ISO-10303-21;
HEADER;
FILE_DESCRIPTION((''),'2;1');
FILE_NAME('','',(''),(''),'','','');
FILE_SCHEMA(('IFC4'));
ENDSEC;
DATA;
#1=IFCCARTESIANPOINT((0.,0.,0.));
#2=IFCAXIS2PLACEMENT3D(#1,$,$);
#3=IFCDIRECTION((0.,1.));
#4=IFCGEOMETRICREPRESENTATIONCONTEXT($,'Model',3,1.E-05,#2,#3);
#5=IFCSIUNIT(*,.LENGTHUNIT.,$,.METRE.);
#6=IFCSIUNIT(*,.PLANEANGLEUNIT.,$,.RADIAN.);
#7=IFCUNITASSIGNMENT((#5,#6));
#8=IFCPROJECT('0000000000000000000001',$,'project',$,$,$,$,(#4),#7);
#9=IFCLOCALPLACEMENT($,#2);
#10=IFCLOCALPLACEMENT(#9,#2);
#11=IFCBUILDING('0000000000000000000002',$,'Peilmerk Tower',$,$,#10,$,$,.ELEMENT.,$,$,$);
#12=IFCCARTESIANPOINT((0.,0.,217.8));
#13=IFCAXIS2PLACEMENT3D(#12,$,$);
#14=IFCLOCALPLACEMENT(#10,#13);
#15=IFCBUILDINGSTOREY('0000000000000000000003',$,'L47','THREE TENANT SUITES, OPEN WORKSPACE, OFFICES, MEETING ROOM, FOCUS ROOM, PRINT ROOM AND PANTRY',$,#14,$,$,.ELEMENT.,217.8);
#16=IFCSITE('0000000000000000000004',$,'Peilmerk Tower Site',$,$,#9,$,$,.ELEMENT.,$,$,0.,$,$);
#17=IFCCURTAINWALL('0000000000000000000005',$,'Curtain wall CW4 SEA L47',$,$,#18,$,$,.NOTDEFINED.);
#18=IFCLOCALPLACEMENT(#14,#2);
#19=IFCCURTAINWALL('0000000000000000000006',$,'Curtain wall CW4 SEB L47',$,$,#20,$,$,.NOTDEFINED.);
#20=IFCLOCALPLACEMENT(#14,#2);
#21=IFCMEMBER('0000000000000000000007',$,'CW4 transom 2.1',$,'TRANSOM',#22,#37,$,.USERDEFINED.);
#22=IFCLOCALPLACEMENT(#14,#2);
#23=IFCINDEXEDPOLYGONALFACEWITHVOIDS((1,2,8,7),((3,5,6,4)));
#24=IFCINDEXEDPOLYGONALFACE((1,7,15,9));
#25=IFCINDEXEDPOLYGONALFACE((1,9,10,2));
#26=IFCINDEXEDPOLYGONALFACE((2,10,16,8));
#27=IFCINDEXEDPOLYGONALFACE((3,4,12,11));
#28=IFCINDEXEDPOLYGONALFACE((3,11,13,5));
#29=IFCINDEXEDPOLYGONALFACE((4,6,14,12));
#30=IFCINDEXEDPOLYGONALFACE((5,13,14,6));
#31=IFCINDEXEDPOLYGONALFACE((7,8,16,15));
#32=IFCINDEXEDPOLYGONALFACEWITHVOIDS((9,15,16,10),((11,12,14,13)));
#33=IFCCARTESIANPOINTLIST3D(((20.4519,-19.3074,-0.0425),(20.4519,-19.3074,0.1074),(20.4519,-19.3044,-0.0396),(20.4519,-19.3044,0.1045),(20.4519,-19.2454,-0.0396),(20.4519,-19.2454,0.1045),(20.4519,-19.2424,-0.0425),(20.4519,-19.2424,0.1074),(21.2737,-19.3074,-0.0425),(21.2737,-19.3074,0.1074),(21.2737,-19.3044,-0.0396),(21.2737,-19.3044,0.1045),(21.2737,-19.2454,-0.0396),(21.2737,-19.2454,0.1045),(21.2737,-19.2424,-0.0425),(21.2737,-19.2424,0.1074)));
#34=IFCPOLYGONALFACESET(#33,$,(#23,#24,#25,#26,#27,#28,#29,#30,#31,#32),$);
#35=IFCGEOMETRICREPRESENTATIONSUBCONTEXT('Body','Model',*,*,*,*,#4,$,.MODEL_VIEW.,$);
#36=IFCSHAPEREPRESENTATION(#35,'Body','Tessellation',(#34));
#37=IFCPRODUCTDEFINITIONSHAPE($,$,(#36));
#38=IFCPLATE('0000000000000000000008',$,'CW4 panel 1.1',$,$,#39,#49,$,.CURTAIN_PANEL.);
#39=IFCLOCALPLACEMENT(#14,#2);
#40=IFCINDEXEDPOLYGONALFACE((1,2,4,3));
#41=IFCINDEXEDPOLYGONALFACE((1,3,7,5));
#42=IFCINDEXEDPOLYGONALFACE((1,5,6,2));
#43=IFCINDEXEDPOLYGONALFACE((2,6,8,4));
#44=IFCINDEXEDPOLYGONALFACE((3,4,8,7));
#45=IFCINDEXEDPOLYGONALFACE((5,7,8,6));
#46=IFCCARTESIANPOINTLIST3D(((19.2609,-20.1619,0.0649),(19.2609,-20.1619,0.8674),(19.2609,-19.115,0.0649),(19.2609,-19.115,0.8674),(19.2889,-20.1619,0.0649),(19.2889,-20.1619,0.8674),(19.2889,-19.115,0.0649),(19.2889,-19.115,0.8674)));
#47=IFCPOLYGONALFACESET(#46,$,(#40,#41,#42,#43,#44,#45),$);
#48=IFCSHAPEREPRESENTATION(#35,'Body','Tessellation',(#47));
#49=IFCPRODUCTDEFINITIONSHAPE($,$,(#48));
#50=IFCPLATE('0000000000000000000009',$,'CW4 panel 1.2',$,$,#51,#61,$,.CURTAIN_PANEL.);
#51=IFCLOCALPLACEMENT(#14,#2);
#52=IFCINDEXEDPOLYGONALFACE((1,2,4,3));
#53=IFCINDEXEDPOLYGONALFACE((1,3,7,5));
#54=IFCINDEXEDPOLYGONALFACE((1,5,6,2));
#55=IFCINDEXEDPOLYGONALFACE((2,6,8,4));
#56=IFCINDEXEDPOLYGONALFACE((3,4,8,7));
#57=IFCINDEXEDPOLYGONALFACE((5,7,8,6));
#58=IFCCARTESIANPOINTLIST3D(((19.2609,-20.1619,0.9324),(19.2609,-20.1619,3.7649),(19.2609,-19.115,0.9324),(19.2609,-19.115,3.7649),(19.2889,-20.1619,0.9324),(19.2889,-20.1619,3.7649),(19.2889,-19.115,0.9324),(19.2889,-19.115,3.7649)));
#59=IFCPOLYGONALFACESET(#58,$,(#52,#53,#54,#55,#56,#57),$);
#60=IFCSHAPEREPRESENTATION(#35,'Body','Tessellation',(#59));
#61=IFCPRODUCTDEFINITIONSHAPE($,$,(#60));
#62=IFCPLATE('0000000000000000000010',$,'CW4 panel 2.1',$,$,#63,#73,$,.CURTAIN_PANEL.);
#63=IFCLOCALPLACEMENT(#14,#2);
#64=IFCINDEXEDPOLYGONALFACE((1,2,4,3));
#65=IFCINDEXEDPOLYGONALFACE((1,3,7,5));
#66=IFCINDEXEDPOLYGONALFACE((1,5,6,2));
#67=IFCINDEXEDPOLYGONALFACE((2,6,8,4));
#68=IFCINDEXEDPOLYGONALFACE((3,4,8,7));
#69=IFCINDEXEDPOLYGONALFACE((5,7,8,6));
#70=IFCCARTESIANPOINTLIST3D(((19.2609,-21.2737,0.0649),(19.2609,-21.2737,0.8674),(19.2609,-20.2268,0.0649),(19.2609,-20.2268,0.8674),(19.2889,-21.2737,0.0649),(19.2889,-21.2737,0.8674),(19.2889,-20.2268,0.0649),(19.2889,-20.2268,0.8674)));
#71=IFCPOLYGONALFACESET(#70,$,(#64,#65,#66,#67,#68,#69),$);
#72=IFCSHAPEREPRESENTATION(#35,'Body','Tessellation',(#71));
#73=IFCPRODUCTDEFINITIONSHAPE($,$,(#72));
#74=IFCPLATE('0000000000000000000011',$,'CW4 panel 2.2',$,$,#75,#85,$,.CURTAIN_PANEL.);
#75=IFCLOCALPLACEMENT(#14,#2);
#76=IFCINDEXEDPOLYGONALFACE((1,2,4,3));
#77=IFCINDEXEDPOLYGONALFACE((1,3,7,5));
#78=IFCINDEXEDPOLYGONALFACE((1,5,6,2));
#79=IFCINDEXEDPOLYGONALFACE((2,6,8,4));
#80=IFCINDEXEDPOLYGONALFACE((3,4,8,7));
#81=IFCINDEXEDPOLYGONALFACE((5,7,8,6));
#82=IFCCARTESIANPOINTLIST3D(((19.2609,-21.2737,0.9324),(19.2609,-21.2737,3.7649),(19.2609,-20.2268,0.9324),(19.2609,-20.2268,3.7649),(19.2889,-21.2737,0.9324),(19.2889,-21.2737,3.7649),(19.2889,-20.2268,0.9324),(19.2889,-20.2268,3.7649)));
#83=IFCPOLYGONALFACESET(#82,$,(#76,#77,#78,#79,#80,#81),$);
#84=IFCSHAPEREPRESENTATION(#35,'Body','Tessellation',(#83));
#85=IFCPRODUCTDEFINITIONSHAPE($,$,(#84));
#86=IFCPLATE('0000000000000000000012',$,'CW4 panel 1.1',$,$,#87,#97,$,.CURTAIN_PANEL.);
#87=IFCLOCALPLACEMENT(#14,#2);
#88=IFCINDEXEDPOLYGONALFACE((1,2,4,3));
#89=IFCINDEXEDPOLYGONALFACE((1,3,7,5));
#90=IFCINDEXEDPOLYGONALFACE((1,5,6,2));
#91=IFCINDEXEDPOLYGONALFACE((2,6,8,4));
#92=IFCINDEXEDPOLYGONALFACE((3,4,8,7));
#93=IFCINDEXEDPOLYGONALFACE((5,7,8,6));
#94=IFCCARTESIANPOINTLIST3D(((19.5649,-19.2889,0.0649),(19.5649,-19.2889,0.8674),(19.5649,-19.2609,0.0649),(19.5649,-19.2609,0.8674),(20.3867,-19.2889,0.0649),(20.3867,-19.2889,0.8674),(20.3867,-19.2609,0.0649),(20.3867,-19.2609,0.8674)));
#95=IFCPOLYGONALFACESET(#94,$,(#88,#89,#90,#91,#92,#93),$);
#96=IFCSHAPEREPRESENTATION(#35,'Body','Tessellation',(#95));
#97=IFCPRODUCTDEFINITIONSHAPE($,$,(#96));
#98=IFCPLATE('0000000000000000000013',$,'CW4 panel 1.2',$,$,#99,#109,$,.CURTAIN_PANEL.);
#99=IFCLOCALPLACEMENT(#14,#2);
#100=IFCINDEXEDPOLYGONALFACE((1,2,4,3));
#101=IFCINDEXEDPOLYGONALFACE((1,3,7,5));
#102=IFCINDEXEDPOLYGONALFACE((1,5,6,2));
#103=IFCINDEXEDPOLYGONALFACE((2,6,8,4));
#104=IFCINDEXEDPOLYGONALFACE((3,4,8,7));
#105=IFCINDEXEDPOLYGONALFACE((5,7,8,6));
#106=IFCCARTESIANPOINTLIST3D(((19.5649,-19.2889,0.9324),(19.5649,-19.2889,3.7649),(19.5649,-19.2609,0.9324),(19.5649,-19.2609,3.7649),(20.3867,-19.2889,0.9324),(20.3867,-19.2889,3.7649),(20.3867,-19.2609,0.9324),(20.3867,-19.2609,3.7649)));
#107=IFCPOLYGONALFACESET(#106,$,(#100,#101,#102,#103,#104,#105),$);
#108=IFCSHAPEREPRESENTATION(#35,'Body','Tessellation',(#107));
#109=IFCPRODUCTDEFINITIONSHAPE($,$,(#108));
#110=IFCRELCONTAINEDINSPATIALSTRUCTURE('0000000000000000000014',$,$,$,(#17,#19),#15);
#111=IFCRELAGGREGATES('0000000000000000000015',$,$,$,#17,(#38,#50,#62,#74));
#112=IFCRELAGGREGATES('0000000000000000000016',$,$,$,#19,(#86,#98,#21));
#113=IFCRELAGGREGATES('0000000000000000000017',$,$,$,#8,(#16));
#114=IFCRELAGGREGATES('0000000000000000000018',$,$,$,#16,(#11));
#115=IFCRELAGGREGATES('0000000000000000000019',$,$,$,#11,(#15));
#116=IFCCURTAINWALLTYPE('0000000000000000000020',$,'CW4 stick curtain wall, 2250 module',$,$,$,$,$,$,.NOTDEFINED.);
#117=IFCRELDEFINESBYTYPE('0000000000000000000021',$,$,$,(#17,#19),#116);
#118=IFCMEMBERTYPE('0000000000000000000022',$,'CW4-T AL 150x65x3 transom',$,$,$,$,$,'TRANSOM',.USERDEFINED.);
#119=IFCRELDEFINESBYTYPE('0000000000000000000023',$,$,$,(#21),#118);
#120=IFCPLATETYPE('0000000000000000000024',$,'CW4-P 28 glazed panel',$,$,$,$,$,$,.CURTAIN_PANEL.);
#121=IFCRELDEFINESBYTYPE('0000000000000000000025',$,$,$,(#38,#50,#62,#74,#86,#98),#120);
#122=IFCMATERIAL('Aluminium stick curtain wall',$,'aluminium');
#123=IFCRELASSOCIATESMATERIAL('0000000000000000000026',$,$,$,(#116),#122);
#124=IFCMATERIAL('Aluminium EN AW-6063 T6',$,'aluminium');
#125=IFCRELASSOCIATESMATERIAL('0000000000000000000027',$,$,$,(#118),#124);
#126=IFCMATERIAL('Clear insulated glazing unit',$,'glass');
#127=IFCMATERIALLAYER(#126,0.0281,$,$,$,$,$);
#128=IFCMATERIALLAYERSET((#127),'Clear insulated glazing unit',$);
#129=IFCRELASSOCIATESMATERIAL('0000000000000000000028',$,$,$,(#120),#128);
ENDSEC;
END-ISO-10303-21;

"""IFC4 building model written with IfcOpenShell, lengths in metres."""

from ifc_helpers import new_model, si_unit, direction, frame, origin, origin_2d, place, context, subcontext, project, spatial, rectangle, hollow_rectangle, extrude, material, layer, layer_set, material_profile, profile_set, type_object, element, aggregate, save


model = new_model("IFC4")

# Units and contexts
model_context = context("Model", 3, precision=1e-05, world=origin(), true_north=direction((0.0, 1.0)))
body_context = subcontext(model_context, "Body", "Model", "MODEL_VIEW")
ifc_project = project(units=[si_unit("LENGTHUNIT", "METRE"), si_unit("PLANEANGLEUNIT", "RADIAN")], contexts=[model_context])

# Site, building, storey
site_placement = place(None, origin())
site = spatial("IfcSite", under=ifc_project, at=site_placement, Name="Peilmerk Tower Site", CompositionType="ELEMENT", RefElevation=0.0)
building_placement = place(site_placement, origin())
building = spatial("IfcBuilding", under=site, at=building_placement, Name="Peilmerk Tower", CompositionType="ELEMENT")
storey_placement = place(building_placement, frame((0.0, 0.0, 217.8)))
storey = spatial("IfcBuildingStorey", under=building, at=storey_placement, Name="L47", Description="THREE TENANT SUITES, OPEN WORKSPACE, OFFICES, MEETING ROOM, FOCUS ROOM, PRINT ROOM AND PANTRY", CompositionType="ELEMENT", Elevation=217.8)

# Curtain walls
ifc_material_1 = material(Name="Aluminium stick curtain wall", Category="aluminium")
curtain_wall_type = type_object("IfcCurtainWallType", Name="CW4 stick curtain wall, 2250 module", PredefinedType="NOTDEFINED", material=ifc_material_1)
curtain_wall_1_placement = place(storey_placement, origin())
curtain_wall_1 = element("IfcCurtainWall", 1, at=curtain_wall_1_placement, inside=storey, type_object=curtain_wall_type, Name="Curtain wall CW4 SEA L47", PredefinedType="NOTDEFINED")
ifc_material_2 = material(Name="Aluminium EN AW-6063 T6", Category="aluminium")
curtain_wall_2_placement = place(storey_placement, origin())
curtain_wall_2 = element("IfcCurtainWall", 2, at=curtain_wall_2_placement, inside=storey, type_object=curtain_wall_type, Name="Curtain wall CW4 SEB L47", PredefinedType="NOTDEFINED")

# Member
ifc_material_profile_1 = material_profile(ifc_material_2, hollow_rectangle(XDim=0.0649, YDim=0.1499, WallThickness=0.0029, at=origin_2d()), Name="AL 150x65x3")
ifc_profile_set_1 = profile_set([ifc_material_profile_1], Name="Aluminium EN AW-6063 T6")
member_type_1 = type_object("IfcMemberType", Name="CW4-T AL 150x65x3 transom", ElementType="TRANSOM", PredefinedType="USERDEFINED", material=ifc_profile_set_1)
member_1_placement = place(storey_placement, frame((20.4519, -19.2749, 0.0325), z_axis=(1.0, 0.0, 0.0), x_axis=(0.0, 1.0, 0.0)))
member_1 = element("IfcMember", 3, at=member_1_placement, type_object=member_type_1, Name="CW4 transom 2.1", ObjectType="TRANSOM", PredefinedType="USERDEFINED", context=body_context, shape_type="SweptSolid", body=[
    extrude(hollow_rectangle(XDim=0.0649, YDim=0.1499, WallThickness=0.0029, at=origin_2d()), origin(), (0.0, 0.0, 1.0), 0.8218),
])

# Plates
ifc_material_3 = material(Name="Clear insulated glazing unit", Category="glass")
ifc_layer_1 = layer(ifc_material_3, 0.0281)
ifc_layer_set_1 = layer_set([ifc_layer_1], Name="Clear insulated glazing unit")
plate_type = type_object("IfcPlateType", Name="CW4-P 28 glazed panel", PredefinedType="CURTAIN_PANEL", material=ifc_layer_set_1)
plate_1_placement = place(storey_placement, frame((19.2749, -19.6384, 0.0649), z_axis=(0.0, 0.0, 1.0), x_axis=(0.0, -1.0, 0.0)))
plate_1 = element("IfcPlate", 4, at=plate_1_placement, type_object=plate_type, Name="CW4 panel 1.1", PredefinedType="CURTAIN_PANEL", context=body_context, shape_type="SweptSolid", body=[
    extrude(rectangle(XDim=1.0469, YDim=0.0281, at=origin_2d()), origin(), (0.0, 0.0, 1.0), 0.8025),
])
plate_2_placement = place(storey_placement, frame((19.2749, -19.6384, 0.9324), z_axis=(0.0, 0.0, 1.0), x_axis=(0.0, -1.0, 0.0)))
plate_2 = element("IfcPlate", 5, at=plate_2_placement, type_object=plate_type, Name="CW4 panel 1.2", PredefinedType="CURTAIN_PANEL", context=body_context, shape_type="SweptSolid", body=[
    extrude(rectangle(XDim=1.0469, YDim=0.0281, at=origin_2d()), origin(), (0.0, 0.0, 1.0), 2.8325),
])
plate_3_placement = place(storey_placement, frame((19.2749, -20.7502, 0.0649), z_axis=(0.0, 0.0, 1.0), x_axis=(0.0, -1.0, 0.0)))
plate_3 = element("IfcPlate", 6, at=plate_3_placement, type_object=plate_type, Name="CW4 panel 2.1", PredefinedType="CURTAIN_PANEL", context=body_context, shape_type="SweptSolid", body=[
    extrude(rectangle(XDim=1.0469, YDim=0.0281, at=origin_2d()), origin(), (0.0, 0.0, 1.0), 0.8025),
])
plate_4_placement = place(storey_placement, frame((19.2749, -20.7502, 0.9324), z_axis=(0.0, 0.0, 1.0), x_axis=(0.0, -1.0, 0.0)))
plate_4 = element("IfcPlate", 7, at=plate_4_placement, type_object=plate_type, Name="CW4 panel 2.2", PredefinedType="CURTAIN_PANEL", context=body_context, shape_type="SweptSolid", body=[
    extrude(rectangle(XDim=1.0469, YDim=0.0281, at=origin_2d()), origin(), (0.0, 0.0, 1.0), 2.8325),
])
aggregate(curtain_wall_1, [plate_1, plate_2, plate_3, plate_4])
plate_5_placement = place(storey_placement, frame((19.9758, -19.2749, 0.0649), z_axis=(0.0, 0.0, 1.0), x_axis=(1.0, 0.0, 0.0)))
plate_5 = element("IfcPlate", 8, at=plate_5_placement, type_object=plate_type, Name="CW4 panel 1.1", PredefinedType="CURTAIN_PANEL", context=body_context, shape_type="SweptSolid", body=[
    extrude(rectangle(XDim=0.8218, YDim=0.0281, at=origin_2d()), origin(), (0.0, 0.0, 1.0), 0.8025),
])
plate_6_placement = place(storey_placement, frame((19.9758, -19.2749, 0.9324), z_axis=(0.0, 0.0, 1.0), x_axis=(1.0, 0.0, 0.0)))
plate_6 = element("IfcPlate", 9, at=plate_6_placement, type_object=plate_type, Name="CW4 panel 1.2", PredefinedType="CURTAIN_PANEL", context=body_context, shape_type="SweptSolid", body=[
    extrude(rectangle(XDim=0.8218, YDim=0.0281, at=origin_2d()), origin(), (0.0, 0.0, 1.0), 2.8325),
])
aggregate(curtain_wall_2, [plate_5, plate_6, member_1])

save(model, "model.ifc")
